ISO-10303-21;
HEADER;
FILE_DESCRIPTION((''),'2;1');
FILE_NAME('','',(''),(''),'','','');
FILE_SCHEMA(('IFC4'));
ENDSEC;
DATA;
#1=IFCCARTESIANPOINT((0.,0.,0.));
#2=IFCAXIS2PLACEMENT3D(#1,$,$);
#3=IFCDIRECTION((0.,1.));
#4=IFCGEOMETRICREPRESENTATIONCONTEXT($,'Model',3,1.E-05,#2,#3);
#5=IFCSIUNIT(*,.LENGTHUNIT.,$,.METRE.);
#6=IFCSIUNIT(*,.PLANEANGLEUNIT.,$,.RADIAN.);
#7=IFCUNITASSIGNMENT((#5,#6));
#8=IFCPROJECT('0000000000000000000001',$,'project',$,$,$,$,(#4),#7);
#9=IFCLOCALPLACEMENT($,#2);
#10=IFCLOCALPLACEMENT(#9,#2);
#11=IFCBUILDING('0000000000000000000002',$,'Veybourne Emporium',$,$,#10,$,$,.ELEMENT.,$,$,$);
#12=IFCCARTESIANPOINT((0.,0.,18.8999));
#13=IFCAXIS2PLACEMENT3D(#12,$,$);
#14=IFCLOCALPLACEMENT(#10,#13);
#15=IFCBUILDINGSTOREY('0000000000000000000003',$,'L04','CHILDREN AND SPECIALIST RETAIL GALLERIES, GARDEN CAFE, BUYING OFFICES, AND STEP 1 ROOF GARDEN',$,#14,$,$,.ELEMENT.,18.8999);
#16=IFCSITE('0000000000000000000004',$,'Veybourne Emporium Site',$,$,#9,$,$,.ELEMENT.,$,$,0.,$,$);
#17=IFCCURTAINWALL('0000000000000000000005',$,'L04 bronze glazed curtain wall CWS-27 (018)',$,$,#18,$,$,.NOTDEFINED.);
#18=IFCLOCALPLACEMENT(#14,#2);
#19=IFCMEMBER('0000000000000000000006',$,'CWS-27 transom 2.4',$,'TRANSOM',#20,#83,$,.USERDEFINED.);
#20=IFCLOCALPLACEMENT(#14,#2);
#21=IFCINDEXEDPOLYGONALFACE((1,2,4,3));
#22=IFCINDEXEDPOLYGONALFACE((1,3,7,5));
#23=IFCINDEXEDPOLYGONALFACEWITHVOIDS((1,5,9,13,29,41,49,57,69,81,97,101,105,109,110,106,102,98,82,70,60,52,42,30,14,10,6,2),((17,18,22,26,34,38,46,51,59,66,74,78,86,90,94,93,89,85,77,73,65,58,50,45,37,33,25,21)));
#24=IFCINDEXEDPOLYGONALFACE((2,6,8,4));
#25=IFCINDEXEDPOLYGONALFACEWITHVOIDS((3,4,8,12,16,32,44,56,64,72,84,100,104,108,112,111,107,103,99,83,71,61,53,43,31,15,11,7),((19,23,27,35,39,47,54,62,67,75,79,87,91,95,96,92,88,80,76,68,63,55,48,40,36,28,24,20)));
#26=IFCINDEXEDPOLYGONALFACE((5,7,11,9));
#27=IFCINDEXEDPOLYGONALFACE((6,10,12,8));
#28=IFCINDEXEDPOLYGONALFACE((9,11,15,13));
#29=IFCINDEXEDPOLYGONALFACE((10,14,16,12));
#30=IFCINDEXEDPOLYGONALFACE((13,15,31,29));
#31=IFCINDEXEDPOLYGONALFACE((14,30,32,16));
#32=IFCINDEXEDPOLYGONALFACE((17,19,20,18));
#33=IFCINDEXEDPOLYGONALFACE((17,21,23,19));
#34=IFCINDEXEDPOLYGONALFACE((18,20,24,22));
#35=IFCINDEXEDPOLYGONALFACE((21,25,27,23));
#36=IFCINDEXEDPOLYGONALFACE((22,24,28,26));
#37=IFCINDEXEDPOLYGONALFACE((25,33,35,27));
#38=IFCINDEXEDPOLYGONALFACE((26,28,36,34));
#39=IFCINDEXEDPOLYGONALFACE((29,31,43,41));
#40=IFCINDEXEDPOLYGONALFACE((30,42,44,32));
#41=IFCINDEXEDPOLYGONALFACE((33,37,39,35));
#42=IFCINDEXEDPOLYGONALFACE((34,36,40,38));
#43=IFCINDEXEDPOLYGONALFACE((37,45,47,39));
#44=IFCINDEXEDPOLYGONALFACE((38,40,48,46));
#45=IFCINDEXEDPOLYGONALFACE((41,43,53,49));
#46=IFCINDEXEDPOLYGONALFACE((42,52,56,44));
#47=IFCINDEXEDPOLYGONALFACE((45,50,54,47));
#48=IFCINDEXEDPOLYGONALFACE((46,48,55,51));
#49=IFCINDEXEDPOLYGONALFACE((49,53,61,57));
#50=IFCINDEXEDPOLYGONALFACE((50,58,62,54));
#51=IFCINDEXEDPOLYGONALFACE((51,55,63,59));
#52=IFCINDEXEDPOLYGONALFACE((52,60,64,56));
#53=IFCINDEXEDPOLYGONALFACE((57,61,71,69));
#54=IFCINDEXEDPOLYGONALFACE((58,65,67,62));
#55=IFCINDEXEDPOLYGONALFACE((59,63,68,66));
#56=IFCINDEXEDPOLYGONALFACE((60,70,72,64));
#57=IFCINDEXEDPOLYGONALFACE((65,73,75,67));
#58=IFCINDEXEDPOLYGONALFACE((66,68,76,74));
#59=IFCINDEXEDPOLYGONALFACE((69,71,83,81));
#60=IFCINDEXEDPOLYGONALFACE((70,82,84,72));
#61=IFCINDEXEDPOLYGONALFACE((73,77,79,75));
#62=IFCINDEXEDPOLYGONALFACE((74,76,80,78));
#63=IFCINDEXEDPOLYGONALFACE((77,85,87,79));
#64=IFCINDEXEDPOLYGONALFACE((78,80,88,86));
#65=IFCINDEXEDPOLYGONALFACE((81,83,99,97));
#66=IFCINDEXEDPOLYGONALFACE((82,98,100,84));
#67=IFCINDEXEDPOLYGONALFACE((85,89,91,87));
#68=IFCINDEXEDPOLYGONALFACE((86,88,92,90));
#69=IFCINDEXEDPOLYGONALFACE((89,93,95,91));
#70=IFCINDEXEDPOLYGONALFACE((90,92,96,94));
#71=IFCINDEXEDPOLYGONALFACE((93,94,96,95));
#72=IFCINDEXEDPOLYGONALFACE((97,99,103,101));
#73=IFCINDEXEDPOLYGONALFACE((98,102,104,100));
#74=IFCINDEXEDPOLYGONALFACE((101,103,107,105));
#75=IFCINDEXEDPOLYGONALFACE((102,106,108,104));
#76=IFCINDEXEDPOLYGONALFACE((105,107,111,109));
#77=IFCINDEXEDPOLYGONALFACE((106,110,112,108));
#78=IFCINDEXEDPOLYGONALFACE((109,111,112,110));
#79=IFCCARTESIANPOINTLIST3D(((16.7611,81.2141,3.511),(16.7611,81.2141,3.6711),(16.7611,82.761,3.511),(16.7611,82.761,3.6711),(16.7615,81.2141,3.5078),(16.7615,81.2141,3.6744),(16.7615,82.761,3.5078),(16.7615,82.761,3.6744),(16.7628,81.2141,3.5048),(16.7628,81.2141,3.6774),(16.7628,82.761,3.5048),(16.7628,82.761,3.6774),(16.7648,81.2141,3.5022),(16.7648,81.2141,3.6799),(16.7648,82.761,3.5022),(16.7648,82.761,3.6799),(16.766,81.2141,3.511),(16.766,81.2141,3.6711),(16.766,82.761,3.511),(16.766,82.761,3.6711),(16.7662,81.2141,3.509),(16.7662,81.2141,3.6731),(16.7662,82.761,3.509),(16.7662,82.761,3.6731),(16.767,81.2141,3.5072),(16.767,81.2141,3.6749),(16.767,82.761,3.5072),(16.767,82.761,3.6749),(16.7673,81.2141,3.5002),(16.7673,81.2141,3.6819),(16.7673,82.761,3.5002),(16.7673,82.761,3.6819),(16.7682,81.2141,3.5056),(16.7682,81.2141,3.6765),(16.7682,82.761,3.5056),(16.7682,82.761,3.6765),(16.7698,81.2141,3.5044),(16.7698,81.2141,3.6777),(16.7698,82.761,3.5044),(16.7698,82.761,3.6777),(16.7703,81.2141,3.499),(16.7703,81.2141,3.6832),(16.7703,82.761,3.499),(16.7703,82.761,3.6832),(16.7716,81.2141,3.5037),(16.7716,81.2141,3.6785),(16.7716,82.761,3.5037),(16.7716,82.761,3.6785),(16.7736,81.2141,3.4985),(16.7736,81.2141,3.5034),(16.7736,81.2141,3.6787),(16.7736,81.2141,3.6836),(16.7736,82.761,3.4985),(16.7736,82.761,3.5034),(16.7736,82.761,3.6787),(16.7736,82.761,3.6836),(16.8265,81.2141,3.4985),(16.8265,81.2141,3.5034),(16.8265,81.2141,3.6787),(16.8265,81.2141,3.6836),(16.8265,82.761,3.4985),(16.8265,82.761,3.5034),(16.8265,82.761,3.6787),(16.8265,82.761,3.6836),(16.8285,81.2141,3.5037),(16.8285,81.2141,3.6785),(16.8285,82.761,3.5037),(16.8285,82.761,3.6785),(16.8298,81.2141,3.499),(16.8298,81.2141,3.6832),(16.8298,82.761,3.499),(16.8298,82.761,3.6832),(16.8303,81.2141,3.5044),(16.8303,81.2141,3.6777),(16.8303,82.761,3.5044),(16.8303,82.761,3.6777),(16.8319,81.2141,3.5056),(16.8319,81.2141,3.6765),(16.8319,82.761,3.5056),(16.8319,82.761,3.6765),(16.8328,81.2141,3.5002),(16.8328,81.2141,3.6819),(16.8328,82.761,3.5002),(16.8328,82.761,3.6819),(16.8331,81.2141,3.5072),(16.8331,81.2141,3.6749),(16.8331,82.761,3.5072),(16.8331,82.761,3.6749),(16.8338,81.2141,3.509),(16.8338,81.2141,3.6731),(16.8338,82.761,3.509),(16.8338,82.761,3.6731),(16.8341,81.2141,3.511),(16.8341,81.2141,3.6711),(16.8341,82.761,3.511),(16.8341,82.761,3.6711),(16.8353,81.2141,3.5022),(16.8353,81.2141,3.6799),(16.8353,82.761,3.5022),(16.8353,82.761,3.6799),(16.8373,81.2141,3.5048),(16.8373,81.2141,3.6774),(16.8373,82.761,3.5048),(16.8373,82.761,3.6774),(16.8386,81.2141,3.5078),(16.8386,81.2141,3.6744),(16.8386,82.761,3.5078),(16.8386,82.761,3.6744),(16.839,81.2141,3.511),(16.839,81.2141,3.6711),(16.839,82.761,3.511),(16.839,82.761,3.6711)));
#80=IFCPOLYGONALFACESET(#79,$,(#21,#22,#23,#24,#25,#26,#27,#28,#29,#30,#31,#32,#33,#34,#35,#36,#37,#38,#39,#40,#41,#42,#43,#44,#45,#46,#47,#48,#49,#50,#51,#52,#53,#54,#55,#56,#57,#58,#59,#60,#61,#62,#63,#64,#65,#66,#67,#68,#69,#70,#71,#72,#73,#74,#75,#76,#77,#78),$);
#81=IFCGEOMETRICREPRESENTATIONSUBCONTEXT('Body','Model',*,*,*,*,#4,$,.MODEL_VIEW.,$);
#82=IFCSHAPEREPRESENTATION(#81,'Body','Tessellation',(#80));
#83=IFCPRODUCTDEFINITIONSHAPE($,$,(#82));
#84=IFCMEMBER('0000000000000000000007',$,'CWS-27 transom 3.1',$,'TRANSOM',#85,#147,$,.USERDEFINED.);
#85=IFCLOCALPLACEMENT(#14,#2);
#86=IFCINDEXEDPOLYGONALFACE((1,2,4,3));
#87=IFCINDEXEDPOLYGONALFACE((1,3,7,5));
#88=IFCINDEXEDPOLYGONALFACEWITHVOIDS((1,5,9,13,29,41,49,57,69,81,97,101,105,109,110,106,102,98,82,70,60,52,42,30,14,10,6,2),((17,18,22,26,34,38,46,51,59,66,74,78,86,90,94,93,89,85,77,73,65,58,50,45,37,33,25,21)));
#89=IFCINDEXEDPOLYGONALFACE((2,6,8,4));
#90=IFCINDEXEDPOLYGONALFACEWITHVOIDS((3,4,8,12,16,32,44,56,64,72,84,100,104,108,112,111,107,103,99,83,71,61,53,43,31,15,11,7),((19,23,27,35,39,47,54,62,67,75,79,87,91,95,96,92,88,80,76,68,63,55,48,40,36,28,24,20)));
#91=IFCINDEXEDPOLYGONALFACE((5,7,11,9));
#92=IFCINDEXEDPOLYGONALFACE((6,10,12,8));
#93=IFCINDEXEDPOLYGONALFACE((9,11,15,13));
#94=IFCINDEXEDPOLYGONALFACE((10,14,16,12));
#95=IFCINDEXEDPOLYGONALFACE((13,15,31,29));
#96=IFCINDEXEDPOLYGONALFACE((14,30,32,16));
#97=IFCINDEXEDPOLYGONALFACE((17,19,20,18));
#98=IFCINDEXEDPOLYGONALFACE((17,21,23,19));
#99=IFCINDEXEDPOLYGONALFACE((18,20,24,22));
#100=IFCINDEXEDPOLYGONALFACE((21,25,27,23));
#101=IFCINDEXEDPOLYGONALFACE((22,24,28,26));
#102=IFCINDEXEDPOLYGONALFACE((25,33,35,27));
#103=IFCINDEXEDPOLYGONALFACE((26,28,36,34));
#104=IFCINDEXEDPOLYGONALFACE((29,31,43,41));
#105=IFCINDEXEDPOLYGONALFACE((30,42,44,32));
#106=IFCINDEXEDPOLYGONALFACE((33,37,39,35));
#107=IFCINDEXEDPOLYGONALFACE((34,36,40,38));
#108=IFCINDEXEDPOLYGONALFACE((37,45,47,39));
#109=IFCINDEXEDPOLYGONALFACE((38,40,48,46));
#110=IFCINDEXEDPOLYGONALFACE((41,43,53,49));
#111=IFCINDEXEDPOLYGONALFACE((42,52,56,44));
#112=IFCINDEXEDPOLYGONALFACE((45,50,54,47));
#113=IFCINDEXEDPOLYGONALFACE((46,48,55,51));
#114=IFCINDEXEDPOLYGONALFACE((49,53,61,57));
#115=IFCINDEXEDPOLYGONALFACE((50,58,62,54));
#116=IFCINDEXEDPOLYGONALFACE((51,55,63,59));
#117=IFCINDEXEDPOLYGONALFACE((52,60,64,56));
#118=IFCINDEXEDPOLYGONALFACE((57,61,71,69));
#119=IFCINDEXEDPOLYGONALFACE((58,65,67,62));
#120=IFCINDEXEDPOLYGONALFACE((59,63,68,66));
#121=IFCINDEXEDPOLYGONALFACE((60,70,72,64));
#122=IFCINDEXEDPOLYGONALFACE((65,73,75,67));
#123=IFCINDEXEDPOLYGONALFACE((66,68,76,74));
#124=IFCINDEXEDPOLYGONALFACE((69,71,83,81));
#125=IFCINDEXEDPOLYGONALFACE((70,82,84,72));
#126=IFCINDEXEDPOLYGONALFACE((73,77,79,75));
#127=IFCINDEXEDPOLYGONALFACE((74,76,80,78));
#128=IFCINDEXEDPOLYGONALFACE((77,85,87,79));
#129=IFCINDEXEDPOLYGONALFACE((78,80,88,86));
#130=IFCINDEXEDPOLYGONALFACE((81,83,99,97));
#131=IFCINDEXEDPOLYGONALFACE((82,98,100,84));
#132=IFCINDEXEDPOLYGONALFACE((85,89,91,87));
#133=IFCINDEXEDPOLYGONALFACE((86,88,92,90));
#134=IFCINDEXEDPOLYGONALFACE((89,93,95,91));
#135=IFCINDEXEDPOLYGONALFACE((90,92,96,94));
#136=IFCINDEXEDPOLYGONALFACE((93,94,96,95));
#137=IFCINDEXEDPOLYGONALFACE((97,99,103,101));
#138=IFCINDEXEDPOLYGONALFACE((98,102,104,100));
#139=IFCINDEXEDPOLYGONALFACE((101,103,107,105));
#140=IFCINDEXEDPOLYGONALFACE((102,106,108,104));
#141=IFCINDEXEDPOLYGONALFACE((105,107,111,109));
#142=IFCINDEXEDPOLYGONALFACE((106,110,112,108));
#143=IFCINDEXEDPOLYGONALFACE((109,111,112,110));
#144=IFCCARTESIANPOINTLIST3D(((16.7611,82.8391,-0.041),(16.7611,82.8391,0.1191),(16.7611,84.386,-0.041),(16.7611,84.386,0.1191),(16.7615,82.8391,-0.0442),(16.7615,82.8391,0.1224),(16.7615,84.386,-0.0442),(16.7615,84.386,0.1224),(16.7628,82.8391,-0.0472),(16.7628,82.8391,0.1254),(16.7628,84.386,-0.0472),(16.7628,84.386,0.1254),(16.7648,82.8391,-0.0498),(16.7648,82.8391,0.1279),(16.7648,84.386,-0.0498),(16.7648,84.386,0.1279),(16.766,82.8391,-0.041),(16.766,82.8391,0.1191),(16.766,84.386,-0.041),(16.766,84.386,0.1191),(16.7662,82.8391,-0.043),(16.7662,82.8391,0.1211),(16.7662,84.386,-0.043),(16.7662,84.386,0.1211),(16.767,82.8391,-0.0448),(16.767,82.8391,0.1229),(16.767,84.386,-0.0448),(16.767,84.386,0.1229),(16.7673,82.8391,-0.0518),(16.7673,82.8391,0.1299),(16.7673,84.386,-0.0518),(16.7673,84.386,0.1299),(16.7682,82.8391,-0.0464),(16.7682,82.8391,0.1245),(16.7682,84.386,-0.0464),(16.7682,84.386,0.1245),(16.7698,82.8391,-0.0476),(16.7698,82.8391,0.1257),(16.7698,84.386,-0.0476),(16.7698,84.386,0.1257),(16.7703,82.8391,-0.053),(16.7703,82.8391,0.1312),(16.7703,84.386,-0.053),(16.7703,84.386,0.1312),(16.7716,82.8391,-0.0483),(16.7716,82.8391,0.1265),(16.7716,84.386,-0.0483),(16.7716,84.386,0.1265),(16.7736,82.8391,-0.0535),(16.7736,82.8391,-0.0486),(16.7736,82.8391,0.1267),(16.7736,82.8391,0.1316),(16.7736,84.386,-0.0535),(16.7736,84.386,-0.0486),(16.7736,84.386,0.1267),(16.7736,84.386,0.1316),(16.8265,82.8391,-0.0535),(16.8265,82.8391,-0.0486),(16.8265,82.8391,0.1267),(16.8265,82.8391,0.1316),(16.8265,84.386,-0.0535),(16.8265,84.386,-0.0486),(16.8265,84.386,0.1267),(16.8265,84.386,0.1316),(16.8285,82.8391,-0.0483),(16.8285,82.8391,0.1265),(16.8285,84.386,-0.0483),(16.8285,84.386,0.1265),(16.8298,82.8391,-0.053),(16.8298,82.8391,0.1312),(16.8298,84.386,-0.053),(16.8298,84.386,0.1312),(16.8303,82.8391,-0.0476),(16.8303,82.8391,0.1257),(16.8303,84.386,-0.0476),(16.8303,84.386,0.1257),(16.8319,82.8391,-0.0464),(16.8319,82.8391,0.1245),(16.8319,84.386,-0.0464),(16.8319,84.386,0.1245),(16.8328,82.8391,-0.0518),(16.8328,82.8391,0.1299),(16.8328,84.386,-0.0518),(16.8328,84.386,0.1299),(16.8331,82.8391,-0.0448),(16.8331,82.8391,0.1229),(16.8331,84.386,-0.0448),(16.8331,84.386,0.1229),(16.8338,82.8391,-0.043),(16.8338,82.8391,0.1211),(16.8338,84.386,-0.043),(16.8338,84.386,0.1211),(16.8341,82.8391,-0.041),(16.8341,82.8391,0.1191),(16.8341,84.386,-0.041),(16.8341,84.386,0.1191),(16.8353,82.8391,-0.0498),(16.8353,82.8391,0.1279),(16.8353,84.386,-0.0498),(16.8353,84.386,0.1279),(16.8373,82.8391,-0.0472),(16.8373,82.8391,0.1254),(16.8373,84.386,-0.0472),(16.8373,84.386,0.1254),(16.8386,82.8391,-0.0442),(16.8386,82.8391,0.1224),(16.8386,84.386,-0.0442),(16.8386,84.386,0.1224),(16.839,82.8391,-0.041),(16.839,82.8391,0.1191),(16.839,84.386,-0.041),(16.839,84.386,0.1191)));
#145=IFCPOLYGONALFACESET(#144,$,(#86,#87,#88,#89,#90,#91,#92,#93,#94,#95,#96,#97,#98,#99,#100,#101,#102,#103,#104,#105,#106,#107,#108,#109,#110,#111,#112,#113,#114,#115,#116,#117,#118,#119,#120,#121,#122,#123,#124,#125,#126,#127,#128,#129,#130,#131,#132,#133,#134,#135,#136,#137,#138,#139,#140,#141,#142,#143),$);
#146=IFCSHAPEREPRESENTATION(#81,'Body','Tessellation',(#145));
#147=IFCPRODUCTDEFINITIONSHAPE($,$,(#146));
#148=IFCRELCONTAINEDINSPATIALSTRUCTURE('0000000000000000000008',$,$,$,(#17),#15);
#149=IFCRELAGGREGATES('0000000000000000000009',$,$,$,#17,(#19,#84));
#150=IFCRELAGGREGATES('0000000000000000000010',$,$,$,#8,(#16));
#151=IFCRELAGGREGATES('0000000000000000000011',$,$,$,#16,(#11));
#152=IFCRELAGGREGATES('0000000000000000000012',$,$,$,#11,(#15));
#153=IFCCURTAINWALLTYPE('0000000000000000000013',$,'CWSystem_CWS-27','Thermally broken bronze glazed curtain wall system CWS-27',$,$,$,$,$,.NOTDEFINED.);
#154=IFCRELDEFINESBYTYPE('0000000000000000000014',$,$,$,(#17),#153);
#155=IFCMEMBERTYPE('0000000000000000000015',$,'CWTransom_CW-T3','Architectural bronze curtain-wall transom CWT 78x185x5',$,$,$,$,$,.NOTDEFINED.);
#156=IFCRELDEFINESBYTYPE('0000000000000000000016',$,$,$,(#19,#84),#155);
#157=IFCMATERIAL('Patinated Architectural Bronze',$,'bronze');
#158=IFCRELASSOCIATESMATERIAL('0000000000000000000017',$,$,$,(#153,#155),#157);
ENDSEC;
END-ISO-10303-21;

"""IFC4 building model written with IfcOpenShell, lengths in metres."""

from ifc_helpers import new_model, si_unit, direction, frame, origin, origin_2d, place, context, subcontext, project, spatial, hollow_rectangle, extrude, material, material_profile, profile_set, type_object, element, aggregate, save


model = new_model("IFC4")

# Units and contexts
model_context = context("Model", 3, precision=1e-05, world=origin(), true_north=direction((0.0, 1.0)))
body_context = subcontext(model_context, "Body", "Model", "MODEL_VIEW")
ifc_project = project(units=[si_unit("LENGTHUNIT", "METRE"), si_unit("PLANEANGLEUNIT", "RADIAN")], contexts=[model_context])

# Site, building, storey
site_placement = place(None, origin())
site = spatial("IfcSite", under=ifc_project, at=site_placement, Name="Veybourne Emporium Site", CompositionType="ELEMENT", RefElevation=0.0)
building_placement = place(site_placement, origin())
building = spatial("IfcBuilding", under=site, at=building_placement, Name="Veybourne Emporium", CompositionType="ELEMENT")
storey_placement = place(building_placement, frame((0.0, 0.0, 18.8999)))
storey = spatial("IfcBuildingStorey", under=building, at=storey_placement, Name="L04", Description="CHILDREN AND SPECIALIST RETAIL GALLERIES, GARDEN CAFE, BUYING OFFICES, AND STEP 1 ROOF GARDEN", CompositionType="ELEMENT", Elevation=18.8999)

# Curtain wall, members
ifc_material_1 = material(Name="Patinated Architectural Bronze", Category="bronze")
curtain_wall_type = type_object("IfcCurtainWallType", Name="CWSystem_CWS-27", Description="Thermally broken bronze glazed curtain wall system CWS-27", PredefinedType="NOTDEFINED", material=ifc_material_1)
curtain_wall_placement = place(storey_placement, origin())
curtain_wall = element("IfcCurtainWall", 1, at=curtain_wall_placement, inside=storey, type_object=curtain_wall_type, Name="L04 bronze glazed curtain wall CWS-27 (018)", PredefinedType="NOTDEFINED")
ifc_material_profile_1 = material_profile(ifc_material_1, hollow_rectangle(XDim=0.0779, YDim=0.1851, WallThickness=0.0049, InnerFilletRadius=0.0076, OuterFilletRadius=0.0125, at=origin_2d()), Name="CWT 78x185x5")
ifc_profile_set_1 = profile_set([ifc_material_profile_1], Name="Patinated Architectural Bronze")
member_type_1 = type_object("IfcMemberType", Name="CWTransom_CW-T3", Description="Architectural bronze curtain-wall transom CWT 78x185x5", PredefinedType="NOTDEFINED", material=ifc_profile_set_1)
member_1_placement = place(storey_placement, frame((16.8, 81.2141, 3.5911), z_axis=(0.0, 1.0, 0.0), x_axis=(-1.0, 0.0, 0.0)))
member_1 = element("IfcMember", 2, at=member_1_placement, type_object=member_type_1, Name="CWS-27 transom 2.4", ObjectType="TRANSOM", PredefinedType="USERDEFINED", context=body_context, shape_type="SweptSolid", body=[
    extrude(hollow_rectangle(XDim=0.0779, YDim=0.1851, WallThickness=0.0049, InnerFilletRadius=0.0076, OuterFilletRadius=0.0125, at=origin_2d()), origin(), (0.0, 0.0, 1.0), 1.5469),
])
member_2_placement = place(storey_placement, frame((16.8, 82.8391, 0.0391), z_axis=(0.0, 1.0, 0.0), x_axis=(-1.0, 0.0, 0.0)))
member_2 = element("IfcMember", 3, at=member_2_placement, type_object=member_type_1, Name="CWS-27 transom 3.1", ObjectType="TRANSOM", PredefinedType="USERDEFINED", context=body_context, shape_type="SweptSolid", body=[
    extrude(hollow_rectangle(XDim=0.0779, YDim=0.1851, WallThickness=0.0049, InnerFilletRadius=0.0076, OuterFilletRadius=0.0125, at=origin_2d()), origin(), (0.0, 0.0, 1.0), 1.5469),
])

aggregate(curtain_wall, [member_1, member_2])

save(model, "model.ifc")
